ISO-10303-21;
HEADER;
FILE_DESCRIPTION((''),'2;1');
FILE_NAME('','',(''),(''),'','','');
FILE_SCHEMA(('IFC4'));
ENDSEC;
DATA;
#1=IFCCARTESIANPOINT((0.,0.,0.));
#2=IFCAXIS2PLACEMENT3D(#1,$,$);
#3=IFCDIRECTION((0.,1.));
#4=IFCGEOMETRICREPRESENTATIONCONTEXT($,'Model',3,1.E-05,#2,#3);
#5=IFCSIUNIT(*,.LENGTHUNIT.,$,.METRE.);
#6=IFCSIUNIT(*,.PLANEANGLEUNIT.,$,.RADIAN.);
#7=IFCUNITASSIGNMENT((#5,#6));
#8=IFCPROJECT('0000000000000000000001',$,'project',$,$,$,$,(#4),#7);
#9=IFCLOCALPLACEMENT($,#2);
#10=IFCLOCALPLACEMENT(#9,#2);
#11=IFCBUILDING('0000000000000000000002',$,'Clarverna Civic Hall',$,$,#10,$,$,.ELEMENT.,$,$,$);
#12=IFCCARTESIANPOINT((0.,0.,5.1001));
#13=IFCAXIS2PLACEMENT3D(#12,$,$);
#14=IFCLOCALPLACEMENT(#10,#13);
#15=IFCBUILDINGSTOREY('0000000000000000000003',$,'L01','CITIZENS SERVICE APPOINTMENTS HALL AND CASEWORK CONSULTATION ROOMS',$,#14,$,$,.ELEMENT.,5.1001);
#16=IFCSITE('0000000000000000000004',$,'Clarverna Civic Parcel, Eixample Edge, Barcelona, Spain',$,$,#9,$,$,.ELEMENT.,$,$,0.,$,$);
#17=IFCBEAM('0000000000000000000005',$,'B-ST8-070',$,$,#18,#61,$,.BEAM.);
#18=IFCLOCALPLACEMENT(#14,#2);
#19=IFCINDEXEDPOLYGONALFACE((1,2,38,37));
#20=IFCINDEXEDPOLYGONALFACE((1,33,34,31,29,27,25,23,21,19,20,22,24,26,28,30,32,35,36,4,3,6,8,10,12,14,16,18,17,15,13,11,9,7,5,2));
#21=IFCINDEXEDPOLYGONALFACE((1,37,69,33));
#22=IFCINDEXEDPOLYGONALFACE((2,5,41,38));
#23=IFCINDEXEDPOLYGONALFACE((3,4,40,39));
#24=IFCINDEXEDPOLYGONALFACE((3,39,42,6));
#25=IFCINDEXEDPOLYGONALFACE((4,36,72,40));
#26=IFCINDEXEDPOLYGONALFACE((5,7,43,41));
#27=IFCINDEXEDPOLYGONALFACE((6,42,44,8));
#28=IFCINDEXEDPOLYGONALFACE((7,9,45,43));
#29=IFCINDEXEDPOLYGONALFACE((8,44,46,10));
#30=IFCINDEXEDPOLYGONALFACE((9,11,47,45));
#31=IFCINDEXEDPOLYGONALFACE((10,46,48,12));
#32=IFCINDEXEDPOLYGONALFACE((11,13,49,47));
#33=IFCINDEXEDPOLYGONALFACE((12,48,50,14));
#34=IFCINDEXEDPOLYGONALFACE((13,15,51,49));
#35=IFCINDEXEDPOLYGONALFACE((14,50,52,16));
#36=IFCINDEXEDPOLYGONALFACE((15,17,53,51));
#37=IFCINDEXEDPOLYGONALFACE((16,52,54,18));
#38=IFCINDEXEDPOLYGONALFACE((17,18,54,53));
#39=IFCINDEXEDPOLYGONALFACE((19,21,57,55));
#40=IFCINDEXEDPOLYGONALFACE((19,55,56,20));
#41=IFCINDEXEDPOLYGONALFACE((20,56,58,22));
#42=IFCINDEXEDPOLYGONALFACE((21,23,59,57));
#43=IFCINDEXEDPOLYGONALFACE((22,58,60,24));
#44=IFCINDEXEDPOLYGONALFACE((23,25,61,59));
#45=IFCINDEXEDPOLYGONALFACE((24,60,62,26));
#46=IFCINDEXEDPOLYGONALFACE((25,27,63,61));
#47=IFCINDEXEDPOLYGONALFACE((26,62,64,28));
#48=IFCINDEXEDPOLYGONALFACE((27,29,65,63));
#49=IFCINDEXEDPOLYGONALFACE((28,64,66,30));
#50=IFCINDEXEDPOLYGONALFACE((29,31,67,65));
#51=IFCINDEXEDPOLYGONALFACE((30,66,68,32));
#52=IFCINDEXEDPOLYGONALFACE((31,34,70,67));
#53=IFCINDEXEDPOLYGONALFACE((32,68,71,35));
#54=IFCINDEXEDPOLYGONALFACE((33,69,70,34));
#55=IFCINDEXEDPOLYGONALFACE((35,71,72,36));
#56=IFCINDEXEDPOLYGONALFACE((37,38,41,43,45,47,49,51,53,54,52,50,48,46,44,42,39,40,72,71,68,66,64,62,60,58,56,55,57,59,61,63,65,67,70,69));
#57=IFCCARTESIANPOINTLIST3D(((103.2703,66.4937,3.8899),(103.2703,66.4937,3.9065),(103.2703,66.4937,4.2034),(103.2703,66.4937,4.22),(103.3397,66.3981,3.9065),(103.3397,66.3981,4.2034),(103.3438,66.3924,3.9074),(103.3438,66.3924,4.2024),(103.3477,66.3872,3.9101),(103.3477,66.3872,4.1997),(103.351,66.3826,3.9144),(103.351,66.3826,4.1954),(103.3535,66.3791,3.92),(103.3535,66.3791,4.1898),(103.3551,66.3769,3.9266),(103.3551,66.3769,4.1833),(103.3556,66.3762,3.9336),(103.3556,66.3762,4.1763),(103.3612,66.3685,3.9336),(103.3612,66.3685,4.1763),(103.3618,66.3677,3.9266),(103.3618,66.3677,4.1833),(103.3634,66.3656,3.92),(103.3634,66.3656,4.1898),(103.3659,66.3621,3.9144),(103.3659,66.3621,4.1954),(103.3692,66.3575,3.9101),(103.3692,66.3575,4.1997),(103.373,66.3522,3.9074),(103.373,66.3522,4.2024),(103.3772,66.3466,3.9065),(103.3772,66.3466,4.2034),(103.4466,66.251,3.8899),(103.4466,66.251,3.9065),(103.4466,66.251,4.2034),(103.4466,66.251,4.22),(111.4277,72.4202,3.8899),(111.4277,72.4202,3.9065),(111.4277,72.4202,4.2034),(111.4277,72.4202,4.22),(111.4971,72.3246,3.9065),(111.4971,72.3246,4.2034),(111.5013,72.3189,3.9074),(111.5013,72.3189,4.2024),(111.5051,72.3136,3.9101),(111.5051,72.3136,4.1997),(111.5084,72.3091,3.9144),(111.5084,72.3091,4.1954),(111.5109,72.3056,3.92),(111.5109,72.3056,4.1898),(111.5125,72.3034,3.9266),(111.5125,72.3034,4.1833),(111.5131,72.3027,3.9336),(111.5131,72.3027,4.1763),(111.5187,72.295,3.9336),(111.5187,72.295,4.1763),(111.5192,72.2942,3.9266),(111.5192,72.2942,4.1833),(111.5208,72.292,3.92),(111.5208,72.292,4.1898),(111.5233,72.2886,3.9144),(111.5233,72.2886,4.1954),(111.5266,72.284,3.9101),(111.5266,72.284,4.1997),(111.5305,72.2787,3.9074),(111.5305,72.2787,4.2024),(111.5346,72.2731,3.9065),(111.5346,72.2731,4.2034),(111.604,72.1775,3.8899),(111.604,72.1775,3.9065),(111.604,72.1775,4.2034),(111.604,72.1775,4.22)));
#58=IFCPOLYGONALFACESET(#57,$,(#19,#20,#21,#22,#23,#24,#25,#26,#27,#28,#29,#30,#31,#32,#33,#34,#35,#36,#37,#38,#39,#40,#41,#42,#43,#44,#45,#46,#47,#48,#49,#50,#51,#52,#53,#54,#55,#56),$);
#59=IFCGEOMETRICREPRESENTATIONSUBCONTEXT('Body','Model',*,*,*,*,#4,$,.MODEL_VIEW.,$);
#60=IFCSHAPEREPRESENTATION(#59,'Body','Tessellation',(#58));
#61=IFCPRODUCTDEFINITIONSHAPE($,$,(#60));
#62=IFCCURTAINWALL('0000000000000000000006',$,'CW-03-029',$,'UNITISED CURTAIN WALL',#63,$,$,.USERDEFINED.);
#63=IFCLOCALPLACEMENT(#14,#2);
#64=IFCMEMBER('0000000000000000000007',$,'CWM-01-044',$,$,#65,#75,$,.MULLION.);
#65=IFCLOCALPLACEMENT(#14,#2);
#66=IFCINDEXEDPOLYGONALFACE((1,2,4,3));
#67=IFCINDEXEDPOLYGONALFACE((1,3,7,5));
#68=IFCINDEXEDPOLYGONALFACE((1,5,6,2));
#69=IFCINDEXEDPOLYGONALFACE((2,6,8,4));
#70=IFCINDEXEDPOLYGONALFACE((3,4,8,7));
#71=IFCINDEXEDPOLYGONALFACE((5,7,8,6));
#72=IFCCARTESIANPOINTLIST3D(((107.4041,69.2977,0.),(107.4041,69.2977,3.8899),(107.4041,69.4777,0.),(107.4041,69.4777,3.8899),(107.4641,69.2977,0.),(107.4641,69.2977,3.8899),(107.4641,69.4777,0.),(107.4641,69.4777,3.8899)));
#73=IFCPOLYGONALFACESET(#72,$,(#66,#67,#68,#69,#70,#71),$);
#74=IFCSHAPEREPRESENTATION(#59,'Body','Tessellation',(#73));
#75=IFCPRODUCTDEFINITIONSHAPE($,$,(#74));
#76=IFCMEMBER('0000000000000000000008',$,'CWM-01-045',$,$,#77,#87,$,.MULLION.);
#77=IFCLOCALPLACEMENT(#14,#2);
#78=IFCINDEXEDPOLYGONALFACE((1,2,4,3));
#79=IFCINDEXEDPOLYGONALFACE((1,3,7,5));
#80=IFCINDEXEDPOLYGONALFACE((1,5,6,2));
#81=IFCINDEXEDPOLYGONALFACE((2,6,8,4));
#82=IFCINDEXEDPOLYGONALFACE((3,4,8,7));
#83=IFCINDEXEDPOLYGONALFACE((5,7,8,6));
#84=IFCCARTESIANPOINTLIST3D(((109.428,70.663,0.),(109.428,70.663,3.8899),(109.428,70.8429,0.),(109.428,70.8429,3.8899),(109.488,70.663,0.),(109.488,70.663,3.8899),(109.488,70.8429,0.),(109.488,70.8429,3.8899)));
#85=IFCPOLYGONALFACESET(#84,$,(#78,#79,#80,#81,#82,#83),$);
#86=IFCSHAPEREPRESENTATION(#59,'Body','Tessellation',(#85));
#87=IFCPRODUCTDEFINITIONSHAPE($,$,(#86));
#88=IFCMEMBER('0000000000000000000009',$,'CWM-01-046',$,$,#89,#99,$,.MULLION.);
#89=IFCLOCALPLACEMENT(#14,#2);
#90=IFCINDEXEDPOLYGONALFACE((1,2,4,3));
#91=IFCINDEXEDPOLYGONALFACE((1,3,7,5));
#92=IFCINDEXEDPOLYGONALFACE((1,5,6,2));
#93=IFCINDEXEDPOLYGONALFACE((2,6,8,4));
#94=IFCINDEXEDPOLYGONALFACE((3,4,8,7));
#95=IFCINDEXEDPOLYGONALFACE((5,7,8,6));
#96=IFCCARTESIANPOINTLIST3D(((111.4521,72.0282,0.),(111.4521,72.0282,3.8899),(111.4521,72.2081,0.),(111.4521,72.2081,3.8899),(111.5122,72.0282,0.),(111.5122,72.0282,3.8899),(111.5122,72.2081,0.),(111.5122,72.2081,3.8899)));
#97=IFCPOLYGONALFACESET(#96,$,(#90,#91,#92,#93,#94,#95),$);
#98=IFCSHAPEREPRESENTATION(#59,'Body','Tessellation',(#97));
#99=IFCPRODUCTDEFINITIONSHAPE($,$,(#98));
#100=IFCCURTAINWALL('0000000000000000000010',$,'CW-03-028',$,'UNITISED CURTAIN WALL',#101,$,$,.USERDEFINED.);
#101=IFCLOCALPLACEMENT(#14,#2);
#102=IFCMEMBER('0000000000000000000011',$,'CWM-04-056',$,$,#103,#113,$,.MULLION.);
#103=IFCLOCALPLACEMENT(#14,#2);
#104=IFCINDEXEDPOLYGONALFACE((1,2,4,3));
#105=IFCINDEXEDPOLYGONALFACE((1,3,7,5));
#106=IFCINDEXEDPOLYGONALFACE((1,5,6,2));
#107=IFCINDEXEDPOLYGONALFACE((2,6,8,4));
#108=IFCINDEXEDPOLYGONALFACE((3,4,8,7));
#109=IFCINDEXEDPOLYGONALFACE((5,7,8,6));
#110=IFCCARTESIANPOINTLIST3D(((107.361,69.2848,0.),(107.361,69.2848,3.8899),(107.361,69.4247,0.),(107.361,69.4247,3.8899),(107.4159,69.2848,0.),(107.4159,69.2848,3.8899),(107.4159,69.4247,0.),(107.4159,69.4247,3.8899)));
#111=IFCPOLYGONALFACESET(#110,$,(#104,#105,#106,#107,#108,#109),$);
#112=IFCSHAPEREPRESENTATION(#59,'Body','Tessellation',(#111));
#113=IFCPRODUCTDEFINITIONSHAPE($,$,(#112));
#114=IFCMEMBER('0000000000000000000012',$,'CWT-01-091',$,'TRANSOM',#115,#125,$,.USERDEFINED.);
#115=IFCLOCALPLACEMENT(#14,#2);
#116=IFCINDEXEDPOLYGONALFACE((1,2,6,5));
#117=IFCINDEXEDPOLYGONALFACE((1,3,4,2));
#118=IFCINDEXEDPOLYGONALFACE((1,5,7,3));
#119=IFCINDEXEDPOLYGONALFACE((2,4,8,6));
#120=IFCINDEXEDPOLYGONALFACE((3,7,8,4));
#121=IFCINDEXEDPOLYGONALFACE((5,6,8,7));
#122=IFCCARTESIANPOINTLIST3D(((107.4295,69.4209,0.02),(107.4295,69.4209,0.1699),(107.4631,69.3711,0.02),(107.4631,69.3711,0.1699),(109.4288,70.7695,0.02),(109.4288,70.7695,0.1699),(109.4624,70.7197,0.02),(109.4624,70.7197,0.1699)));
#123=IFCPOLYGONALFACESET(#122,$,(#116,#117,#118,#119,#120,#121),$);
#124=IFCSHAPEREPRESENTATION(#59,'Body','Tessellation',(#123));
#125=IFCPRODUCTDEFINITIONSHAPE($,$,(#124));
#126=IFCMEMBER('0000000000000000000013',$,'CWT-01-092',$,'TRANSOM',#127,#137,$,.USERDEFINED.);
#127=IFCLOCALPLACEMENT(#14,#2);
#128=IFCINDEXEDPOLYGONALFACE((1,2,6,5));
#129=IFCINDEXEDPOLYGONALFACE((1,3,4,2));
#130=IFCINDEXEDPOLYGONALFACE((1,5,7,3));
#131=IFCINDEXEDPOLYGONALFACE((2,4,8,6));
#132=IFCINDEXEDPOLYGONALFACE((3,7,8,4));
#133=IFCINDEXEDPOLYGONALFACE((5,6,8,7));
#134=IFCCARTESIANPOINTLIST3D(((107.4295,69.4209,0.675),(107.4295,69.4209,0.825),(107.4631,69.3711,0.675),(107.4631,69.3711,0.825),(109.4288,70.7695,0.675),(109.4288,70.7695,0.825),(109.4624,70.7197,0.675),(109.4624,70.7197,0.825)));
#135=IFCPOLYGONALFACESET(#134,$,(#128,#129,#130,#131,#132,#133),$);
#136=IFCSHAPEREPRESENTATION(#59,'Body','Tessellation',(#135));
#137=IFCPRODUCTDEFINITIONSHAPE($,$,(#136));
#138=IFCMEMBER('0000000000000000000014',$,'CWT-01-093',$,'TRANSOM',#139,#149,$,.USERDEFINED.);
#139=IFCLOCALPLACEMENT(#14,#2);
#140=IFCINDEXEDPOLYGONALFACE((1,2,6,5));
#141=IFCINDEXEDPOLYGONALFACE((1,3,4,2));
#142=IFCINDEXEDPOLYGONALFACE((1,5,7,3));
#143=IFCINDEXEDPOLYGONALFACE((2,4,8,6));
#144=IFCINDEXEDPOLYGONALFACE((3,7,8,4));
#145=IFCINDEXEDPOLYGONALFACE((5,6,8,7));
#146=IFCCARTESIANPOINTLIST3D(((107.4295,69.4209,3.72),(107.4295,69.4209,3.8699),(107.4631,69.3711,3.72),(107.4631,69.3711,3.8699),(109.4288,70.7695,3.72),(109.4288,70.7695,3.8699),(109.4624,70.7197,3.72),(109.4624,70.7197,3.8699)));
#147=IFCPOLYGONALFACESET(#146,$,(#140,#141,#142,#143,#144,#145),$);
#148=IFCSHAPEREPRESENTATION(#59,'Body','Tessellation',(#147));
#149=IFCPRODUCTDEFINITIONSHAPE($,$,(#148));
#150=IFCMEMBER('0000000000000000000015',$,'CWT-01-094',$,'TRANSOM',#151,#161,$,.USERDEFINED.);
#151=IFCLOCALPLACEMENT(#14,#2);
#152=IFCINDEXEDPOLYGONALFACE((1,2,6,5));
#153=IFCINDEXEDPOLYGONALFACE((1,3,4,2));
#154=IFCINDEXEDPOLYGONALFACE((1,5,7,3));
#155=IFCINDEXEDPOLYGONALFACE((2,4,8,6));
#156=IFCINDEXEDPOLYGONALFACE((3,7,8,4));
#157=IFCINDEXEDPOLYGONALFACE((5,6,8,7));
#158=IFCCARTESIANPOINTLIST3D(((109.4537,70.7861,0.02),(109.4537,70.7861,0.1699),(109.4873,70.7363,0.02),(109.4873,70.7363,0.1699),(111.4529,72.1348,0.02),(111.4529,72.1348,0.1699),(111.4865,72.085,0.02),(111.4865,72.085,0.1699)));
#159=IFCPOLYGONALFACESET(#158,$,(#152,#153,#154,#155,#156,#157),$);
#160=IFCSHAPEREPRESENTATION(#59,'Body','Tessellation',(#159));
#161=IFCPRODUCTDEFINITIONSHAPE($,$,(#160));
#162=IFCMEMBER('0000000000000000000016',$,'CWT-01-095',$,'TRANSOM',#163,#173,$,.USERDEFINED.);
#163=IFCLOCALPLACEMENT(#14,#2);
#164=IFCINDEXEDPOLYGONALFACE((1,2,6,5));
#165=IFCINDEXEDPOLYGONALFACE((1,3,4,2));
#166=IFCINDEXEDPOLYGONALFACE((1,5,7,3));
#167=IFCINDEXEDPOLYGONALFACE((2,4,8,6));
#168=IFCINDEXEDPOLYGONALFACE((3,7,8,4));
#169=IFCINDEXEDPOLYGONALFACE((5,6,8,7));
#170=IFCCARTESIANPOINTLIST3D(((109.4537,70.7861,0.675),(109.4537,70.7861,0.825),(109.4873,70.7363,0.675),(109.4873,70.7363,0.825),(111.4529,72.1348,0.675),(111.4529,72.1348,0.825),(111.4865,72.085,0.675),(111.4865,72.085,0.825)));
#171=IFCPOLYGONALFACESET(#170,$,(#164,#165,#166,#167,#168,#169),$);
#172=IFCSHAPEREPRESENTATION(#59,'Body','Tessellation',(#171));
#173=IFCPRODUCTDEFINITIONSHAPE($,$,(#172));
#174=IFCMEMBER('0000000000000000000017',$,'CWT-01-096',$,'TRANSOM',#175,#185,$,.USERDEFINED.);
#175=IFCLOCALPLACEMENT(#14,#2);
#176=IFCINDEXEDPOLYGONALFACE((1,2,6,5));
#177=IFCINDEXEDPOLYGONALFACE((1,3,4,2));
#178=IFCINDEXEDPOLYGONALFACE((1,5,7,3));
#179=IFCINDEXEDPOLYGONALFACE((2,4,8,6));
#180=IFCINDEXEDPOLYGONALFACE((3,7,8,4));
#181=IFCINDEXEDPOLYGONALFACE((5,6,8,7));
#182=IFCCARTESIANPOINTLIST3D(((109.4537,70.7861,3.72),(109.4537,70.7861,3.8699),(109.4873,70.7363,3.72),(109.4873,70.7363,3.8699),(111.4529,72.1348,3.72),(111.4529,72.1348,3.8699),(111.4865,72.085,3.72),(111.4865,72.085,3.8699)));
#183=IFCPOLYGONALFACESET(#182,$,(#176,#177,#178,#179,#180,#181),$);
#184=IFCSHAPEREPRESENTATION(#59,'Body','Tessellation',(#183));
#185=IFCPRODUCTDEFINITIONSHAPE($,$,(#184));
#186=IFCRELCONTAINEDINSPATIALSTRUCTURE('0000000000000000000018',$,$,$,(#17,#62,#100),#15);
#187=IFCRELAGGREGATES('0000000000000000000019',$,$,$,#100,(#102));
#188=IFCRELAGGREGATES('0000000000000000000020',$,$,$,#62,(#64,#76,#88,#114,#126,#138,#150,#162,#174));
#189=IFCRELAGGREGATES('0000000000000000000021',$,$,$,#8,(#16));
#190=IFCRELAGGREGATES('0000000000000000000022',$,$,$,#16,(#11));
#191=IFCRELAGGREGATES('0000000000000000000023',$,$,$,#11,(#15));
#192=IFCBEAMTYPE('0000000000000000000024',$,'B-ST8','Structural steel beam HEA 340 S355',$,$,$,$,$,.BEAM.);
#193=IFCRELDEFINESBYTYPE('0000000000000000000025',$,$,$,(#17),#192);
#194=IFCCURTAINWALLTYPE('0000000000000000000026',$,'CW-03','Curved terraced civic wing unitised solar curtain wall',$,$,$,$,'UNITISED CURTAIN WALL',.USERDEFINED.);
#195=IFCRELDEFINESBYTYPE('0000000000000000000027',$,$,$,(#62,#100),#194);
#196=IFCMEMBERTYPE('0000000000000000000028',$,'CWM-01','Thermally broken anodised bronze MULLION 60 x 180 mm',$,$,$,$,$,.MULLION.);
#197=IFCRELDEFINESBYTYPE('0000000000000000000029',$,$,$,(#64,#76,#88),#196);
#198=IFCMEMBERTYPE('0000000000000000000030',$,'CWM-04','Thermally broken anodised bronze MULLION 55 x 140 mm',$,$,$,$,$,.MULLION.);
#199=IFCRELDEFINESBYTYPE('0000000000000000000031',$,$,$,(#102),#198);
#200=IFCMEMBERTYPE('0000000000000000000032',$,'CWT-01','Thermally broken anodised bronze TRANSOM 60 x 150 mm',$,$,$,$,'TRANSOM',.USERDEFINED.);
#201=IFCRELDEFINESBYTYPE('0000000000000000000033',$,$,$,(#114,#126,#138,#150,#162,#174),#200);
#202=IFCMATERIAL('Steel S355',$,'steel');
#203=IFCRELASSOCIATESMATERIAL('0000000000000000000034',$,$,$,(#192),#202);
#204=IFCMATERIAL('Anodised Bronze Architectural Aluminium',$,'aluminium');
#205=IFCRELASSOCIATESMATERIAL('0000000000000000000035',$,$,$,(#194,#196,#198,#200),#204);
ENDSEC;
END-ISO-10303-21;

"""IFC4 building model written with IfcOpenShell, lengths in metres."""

from ifc_helpers import new_model, si_unit, direction, frame, origin, origin_2d, place, context, subcontext, project, spatial, rectangle, i_section, extrude, material, material_profile, profile_set, type_object, element, aggregate, save


model = new_model("IFC4")

# Units and contexts
model_context = context("Model", 3, precision=1e-05, world=origin(), true_north=direction((0.0, 1.0)))
body_context = subcontext(model_context, "Body", "Model", "MODEL_VIEW")
ifc_project = project(units=[si_unit("LENGTHUNIT", "METRE"), si_unit("PLANEANGLEUNIT", "RADIAN")], contexts=[model_context])

# Site, building, storey
site_placement = place(None, origin())
site = spatial("IfcSite", under=ifc_project, at=site_placement, Name="Clarverna Civic Parcel, Eixample Edge, Barcelona, Spain", CompositionType="ELEMENT", RefElevation=0.0)
building_placement = place(site_placement, origin())
building = spatial("IfcBuilding", under=site, at=building_placement, Name="Clarverna Civic Hall", CompositionType="ELEMENT")
storey_placement = place(building_placement, frame((0.0, 0.0, 5.1001)))
storey = spatial("IfcBuildingStorey", under=building, at=storey_placement, Name="L01", Description="CITIZENS SERVICE APPOINTMENTS HALL AND CASEWORK CONSULTATION ROOMS", CompositionType="ELEMENT", Elevation=5.1001)

# Beam
ifc_material_1 = material(Name="Steel S355", Category="steel")
ifc_material_profile_1 = material_profile(ifc_material_1, i_section(OverallWidth=0.3, OverallDepth=0.3301, WebThickness=0.0095, FlangeThickness=0.0166, FilletRadius=0.0271, at=origin_2d()), Name="HEA 340")
ifc_profile_set_1 = profile_set([ifc_material_profile_1], Name="Steel S355")
beam_type_1 = type_object("IfcBeamType", Name="B-ST8", Description="Structural steel beam HEA 340 S355", PredefinedType="BEAM", material=ifc_profile_set_1)
beam_1_placement = place(storey_placement, frame((111.5159, 72.2988, 4.0549), z_axis=(-0.809028, -0.58777, 0.0), x_axis=(0.58777, -0.809028, 0.0)))
element("IfcBeam", 1, at=beam_1_placement, inside=storey, type_object=beam_type_1, Name="B-ST8-070", PredefinedType="BEAM", context=body_context, shape_type="SweptSolid", body=[
    extrude(i_section(OverallWidth=0.3, OverallDepth=0.3301, WebThickness=0.0095, FlangeThickness=0.0166, FilletRadius=0.0271, at=origin_2d()), origin(), (0.0, 0.0, 1.0), 10.083),
])

# Curtain wall, members
ifc_material_2 = material(Name="Anodised Bronze Architectural Aluminium", Category="aluminium")
curtain_wall_type = type_object("IfcCurtainWallType", Name="CW-03", Description="Curved terraced civic wing unitised solar curtain wall", ElementType="UNITISED CURTAIN WALL", PredefinedType="USERDEFINED", material=ifc_material_2)
curtain_wall_1_placement = place(storey_placement, origin())
curtain_wall_1 = element("IfcCurtainWall", 2, at=curtain_wall_1_placement, inside=storey, type_object=curtain_wall_type, Name="CW-03-029", ObjectType="UNITISED CURTAIN WALL", PredefinedType="USERDEFINED")
ifc_material_profile_2 = material_profile(ifc_material_2, rectangle(XDim=0.0601, YDim=0.1799, at=origin_2d()), Name="BRONZE 60x180")
ifc_profile_set_2 = profile_set([ifc_material_profile_2], Name="Anodised Bronze Architectural Aluminium")
member_type_1 = type_object("IfcMemberType", Name="CWM-01", Description="Thermally broken anodised bronze MULLION 60 x 180 mm", PredefinedType="MULLION", material=ifc_profile_set_2)
member_1_placement = place(storey_placement, frame((107.4341, 69.3877, 0.0), z_axis=(0.0, 0.0, 1.0), x_axis=(1.0, 0.0, 0.0)))
member_1 = element("IfcMember", 3, at=member_1_placement, type_object=member_type_1, Name="CWM-01-044", PredefinedType="MULLION", context=body_context, shape_type="SweptSolid", body=[
    extrude(rectangle(XDim=0.0601, YDim=0.1799, at=origin_2d()), origin(), (0.0, 0.0, 1.0), 3.8899),
])
member_2_placement = place(storey_placement, frame((109.458, 70.7529, 0.0), z_axis=(0.0, 0.0, 1.0), x_axis=(1.0, 0.0, 0.0)))
member_2 = element("IfcMember", 4, at=member_2_placement, type_object=member_type_1, Name="CWM-01-045", PredefinedType="MULLION", context=body_context, shape_type="SweptSolid", body=[
    extrude(rectangle(XDim=0.0601, YDim=0.1799, at=origin_2d()), origin(), (0.0, 0.0, 1.0), 3.8899),
])
member_3_placement = place(storey_placement, frame((111.4822, 72.1182, 0.0), z_axis=(0.0, 0.0, 1.0), x_axis=(1.0, 0.0, 0.0)))
member_3 = element("IfcMember", 5, at=member_3_placement, type_object=member_type_1, Name="CWM-01-046", PredefinedType="MULLION", context=body_context, shape_type="SweptSolid", body=[
    extrude(rectangle(XDim=0.0601, YDim=0.1799, at=origin_2d()), origin(), (0.0, 0.0, 1.0), 3.8899),
])

# Curtain wall, member
curtain_wall_2_placement = place(storey_placement, origin())
curtain_wall_2 = element("IfcCurtainWall", 6, at=curtain_wall_2_placement, inside=storey, type_object=curtain_wall_type, Name="CW-03-028", ObjectType="UNITISED CURTAIN WALL", PredefinedType="USERDEFINED")
ifc_material_profile_3 = material_profile(ifc_material_2, rectangle(XDim=0.0549, YDim=0.1399, at=origin_2d()), Name="BRONZE 55x140")
ifc_profile_set_3 = profile_set([ifc_material_profile_3], Name="Anodised Bronze Architectural Aluminium")
member_type_2 = type_object("IfcMemberType", Name="CWM-04", Description="Thermally broken anodised bronze MULLION 55 x 140 mm", PredefinedType="MULLION", material=ifc_profile_set_3)
member_4_placement = place(storey_placement, frame((107.3884, 69.3547, 0.0), z_axis=(0.0, 0.0, 1.0), x_axis=(1.0, 0.0, 0.0)))
member_4 = element("IfcMember", 7, at=member_4_placement, type_object=member_type_2, Name="CWM-04-056", PredefinedType="MULLION", context=body_context, shape_type="SweptSolid", body=[
    extrude(rectangle(XDim=0.0549, YDim=0.1399, at=origin_2d()), origin(), (0.0, 0.0, 1.0), 3.8899),
])

# Members
ifc_material_profile_4 = material_profile(ifc_material_2, rectangle(XDim=0.0601, YDim=0.1499, at=origin_2d()), Name="BRONZE 60x150")
ifc_profile_set_4 = profile_set([ifc_material_profile_4], Name="Anodised Bronze Architectural Aluminium")
member_type_3 = type_object("IfcMemberType", Name="CWT-01", Description="Thermally broken anodised bronze TRANSOM 60 x 150 mm", ElementType="TRANSOM", PredefinedType="USERDEFINED", material=ifc_profile_set_4)
member_5_placement = place(storey_placement, frame((107.4463, 69.396, 0.095), z_axis=(0.829016, 0.559224, 0.0), x_axis=(-0.559224, 0.829016, 0.0)))
member_5 = element("IfcMember", 8, at=member_5_placement, type_object=member_type_3, Name="CWT-01-091", ObjectType="TRANSOM", PredefinedType="USERDEFINED", context=body_context, shape_type="SweptSolid", body=[
    extrude(rectangle(XDim=0.0601, YDim=0.1499, at=origin_2d()), origin(), (0.0, 0.0, 1.0), 2.4116),
])
member_6_placement = place(storey_placement, frame((107.4463, 69.396, 0.75), z_axis=(0.829016, 0.559224, 0.0), x_axis=(-0.559224, 0.829016, 0.0)))
member_6 = element("IfcMember", 9, at=member_6_placement, type_object=member_type_3, Name="CWT-01-092", ObjectType="TRANSOM", PredefinedType="USERDEFINED", context=body_context, shape_type="SweptSolid", body=[
    extrude(rectangle(XDim=0.0601, YDim=0.1499, at=origin_2d()), origin(), (0.0, 0.0, 1.0), 2.4116),
])
member_7_placement = place(storey_placement, frame((107.4463, 69.396, 3.7949), z_axis=(0.829016, 0.559224, 0.0), x_axis=(-0.559224, 0.829016, 0.0)))
member_7 = element("IfcMember", 10, at=member_7_placement, type_object=member_type_3, Name="CWT-01-093", ObjectType="TRANSOM", PredefinedType="USERDEFINED", context=body_context, shape_type="SweptSolid", body=[
    extrude(rectangle(XDim=0.0601, YDim=0.1499, at=origin_2d()), origin(), (0.0, 0.0, 1.0), 2.4116),
])
member_8_placement = place(storey_placement, frame((109.4705, 70.7612, 0.095), z_axis=(0.829016, 0.559224, 0.0), x_axis=(-0.559224, 0.829016, 0.0)))
member_8 = element("IfcMember", 11, at=member_8_placement, type_object=member_type_3, Name="CWT-01-094", ObjectType="TRANSOM", PredefinedType="USERDEFINED", context=body_context, shape_type="SweptSolid", body=[
    extrude(rectangle(XDim=0.0601, YDim=0.1499, at=origin_2d()), origin(), (0.0, 0.0, 1.0), 2.4116),
])
member_9_placement = place(storey_placement, frame((109.4705, 70.7612, 0.75), z_axis=(0.829016, 0.559224, 0.0), x_axis=(-0.559224, 0.829016, 0.0)))
member_9 = element("IfcMember", 12, at=member_9_placement, type_object=member_type_3, Name="CWT-01-095", ObjectType="TRANSOM", PredefinedType="USERDEFINED", context=body_context, shape_type="SweptSolid", body=[
    extrude(rectangle(XDim=0.0601, YDim=0.1499, at=origin_2d()), origin(), (0.0, 0.0, 1.0), 2.4116),
])
member_10_placement = place(storey_placement, frame((109.4705, 70.7612, 3.7949), z_axis=(0.829016, 0.559224, 0.0), x_axis=(-0.559224, 0.829016, 0.0)))
member_10 = element("IfcMember", 13, at=member_10_placement, type_object=member_type_3, Name="CWT-01-096", ObjectType="TRANSOM", PredefinedType="USERDEFINED", context=body_context, shape_type="SweptSolid", body=[
    extrude(rectangle(XDim=0.0601, YDim=0.1499, at=origin_2d()), origin(), (0.0, 0.0, 1.0), 2.4116),
])

aggregate(curtain_wall_2, [member_4])
aggregate(curtain_wall_1, [member_1, member_2, member_3, member_5, member_6, member_7, member_8, member_9, member_10])

save(model, "model.ifc")
